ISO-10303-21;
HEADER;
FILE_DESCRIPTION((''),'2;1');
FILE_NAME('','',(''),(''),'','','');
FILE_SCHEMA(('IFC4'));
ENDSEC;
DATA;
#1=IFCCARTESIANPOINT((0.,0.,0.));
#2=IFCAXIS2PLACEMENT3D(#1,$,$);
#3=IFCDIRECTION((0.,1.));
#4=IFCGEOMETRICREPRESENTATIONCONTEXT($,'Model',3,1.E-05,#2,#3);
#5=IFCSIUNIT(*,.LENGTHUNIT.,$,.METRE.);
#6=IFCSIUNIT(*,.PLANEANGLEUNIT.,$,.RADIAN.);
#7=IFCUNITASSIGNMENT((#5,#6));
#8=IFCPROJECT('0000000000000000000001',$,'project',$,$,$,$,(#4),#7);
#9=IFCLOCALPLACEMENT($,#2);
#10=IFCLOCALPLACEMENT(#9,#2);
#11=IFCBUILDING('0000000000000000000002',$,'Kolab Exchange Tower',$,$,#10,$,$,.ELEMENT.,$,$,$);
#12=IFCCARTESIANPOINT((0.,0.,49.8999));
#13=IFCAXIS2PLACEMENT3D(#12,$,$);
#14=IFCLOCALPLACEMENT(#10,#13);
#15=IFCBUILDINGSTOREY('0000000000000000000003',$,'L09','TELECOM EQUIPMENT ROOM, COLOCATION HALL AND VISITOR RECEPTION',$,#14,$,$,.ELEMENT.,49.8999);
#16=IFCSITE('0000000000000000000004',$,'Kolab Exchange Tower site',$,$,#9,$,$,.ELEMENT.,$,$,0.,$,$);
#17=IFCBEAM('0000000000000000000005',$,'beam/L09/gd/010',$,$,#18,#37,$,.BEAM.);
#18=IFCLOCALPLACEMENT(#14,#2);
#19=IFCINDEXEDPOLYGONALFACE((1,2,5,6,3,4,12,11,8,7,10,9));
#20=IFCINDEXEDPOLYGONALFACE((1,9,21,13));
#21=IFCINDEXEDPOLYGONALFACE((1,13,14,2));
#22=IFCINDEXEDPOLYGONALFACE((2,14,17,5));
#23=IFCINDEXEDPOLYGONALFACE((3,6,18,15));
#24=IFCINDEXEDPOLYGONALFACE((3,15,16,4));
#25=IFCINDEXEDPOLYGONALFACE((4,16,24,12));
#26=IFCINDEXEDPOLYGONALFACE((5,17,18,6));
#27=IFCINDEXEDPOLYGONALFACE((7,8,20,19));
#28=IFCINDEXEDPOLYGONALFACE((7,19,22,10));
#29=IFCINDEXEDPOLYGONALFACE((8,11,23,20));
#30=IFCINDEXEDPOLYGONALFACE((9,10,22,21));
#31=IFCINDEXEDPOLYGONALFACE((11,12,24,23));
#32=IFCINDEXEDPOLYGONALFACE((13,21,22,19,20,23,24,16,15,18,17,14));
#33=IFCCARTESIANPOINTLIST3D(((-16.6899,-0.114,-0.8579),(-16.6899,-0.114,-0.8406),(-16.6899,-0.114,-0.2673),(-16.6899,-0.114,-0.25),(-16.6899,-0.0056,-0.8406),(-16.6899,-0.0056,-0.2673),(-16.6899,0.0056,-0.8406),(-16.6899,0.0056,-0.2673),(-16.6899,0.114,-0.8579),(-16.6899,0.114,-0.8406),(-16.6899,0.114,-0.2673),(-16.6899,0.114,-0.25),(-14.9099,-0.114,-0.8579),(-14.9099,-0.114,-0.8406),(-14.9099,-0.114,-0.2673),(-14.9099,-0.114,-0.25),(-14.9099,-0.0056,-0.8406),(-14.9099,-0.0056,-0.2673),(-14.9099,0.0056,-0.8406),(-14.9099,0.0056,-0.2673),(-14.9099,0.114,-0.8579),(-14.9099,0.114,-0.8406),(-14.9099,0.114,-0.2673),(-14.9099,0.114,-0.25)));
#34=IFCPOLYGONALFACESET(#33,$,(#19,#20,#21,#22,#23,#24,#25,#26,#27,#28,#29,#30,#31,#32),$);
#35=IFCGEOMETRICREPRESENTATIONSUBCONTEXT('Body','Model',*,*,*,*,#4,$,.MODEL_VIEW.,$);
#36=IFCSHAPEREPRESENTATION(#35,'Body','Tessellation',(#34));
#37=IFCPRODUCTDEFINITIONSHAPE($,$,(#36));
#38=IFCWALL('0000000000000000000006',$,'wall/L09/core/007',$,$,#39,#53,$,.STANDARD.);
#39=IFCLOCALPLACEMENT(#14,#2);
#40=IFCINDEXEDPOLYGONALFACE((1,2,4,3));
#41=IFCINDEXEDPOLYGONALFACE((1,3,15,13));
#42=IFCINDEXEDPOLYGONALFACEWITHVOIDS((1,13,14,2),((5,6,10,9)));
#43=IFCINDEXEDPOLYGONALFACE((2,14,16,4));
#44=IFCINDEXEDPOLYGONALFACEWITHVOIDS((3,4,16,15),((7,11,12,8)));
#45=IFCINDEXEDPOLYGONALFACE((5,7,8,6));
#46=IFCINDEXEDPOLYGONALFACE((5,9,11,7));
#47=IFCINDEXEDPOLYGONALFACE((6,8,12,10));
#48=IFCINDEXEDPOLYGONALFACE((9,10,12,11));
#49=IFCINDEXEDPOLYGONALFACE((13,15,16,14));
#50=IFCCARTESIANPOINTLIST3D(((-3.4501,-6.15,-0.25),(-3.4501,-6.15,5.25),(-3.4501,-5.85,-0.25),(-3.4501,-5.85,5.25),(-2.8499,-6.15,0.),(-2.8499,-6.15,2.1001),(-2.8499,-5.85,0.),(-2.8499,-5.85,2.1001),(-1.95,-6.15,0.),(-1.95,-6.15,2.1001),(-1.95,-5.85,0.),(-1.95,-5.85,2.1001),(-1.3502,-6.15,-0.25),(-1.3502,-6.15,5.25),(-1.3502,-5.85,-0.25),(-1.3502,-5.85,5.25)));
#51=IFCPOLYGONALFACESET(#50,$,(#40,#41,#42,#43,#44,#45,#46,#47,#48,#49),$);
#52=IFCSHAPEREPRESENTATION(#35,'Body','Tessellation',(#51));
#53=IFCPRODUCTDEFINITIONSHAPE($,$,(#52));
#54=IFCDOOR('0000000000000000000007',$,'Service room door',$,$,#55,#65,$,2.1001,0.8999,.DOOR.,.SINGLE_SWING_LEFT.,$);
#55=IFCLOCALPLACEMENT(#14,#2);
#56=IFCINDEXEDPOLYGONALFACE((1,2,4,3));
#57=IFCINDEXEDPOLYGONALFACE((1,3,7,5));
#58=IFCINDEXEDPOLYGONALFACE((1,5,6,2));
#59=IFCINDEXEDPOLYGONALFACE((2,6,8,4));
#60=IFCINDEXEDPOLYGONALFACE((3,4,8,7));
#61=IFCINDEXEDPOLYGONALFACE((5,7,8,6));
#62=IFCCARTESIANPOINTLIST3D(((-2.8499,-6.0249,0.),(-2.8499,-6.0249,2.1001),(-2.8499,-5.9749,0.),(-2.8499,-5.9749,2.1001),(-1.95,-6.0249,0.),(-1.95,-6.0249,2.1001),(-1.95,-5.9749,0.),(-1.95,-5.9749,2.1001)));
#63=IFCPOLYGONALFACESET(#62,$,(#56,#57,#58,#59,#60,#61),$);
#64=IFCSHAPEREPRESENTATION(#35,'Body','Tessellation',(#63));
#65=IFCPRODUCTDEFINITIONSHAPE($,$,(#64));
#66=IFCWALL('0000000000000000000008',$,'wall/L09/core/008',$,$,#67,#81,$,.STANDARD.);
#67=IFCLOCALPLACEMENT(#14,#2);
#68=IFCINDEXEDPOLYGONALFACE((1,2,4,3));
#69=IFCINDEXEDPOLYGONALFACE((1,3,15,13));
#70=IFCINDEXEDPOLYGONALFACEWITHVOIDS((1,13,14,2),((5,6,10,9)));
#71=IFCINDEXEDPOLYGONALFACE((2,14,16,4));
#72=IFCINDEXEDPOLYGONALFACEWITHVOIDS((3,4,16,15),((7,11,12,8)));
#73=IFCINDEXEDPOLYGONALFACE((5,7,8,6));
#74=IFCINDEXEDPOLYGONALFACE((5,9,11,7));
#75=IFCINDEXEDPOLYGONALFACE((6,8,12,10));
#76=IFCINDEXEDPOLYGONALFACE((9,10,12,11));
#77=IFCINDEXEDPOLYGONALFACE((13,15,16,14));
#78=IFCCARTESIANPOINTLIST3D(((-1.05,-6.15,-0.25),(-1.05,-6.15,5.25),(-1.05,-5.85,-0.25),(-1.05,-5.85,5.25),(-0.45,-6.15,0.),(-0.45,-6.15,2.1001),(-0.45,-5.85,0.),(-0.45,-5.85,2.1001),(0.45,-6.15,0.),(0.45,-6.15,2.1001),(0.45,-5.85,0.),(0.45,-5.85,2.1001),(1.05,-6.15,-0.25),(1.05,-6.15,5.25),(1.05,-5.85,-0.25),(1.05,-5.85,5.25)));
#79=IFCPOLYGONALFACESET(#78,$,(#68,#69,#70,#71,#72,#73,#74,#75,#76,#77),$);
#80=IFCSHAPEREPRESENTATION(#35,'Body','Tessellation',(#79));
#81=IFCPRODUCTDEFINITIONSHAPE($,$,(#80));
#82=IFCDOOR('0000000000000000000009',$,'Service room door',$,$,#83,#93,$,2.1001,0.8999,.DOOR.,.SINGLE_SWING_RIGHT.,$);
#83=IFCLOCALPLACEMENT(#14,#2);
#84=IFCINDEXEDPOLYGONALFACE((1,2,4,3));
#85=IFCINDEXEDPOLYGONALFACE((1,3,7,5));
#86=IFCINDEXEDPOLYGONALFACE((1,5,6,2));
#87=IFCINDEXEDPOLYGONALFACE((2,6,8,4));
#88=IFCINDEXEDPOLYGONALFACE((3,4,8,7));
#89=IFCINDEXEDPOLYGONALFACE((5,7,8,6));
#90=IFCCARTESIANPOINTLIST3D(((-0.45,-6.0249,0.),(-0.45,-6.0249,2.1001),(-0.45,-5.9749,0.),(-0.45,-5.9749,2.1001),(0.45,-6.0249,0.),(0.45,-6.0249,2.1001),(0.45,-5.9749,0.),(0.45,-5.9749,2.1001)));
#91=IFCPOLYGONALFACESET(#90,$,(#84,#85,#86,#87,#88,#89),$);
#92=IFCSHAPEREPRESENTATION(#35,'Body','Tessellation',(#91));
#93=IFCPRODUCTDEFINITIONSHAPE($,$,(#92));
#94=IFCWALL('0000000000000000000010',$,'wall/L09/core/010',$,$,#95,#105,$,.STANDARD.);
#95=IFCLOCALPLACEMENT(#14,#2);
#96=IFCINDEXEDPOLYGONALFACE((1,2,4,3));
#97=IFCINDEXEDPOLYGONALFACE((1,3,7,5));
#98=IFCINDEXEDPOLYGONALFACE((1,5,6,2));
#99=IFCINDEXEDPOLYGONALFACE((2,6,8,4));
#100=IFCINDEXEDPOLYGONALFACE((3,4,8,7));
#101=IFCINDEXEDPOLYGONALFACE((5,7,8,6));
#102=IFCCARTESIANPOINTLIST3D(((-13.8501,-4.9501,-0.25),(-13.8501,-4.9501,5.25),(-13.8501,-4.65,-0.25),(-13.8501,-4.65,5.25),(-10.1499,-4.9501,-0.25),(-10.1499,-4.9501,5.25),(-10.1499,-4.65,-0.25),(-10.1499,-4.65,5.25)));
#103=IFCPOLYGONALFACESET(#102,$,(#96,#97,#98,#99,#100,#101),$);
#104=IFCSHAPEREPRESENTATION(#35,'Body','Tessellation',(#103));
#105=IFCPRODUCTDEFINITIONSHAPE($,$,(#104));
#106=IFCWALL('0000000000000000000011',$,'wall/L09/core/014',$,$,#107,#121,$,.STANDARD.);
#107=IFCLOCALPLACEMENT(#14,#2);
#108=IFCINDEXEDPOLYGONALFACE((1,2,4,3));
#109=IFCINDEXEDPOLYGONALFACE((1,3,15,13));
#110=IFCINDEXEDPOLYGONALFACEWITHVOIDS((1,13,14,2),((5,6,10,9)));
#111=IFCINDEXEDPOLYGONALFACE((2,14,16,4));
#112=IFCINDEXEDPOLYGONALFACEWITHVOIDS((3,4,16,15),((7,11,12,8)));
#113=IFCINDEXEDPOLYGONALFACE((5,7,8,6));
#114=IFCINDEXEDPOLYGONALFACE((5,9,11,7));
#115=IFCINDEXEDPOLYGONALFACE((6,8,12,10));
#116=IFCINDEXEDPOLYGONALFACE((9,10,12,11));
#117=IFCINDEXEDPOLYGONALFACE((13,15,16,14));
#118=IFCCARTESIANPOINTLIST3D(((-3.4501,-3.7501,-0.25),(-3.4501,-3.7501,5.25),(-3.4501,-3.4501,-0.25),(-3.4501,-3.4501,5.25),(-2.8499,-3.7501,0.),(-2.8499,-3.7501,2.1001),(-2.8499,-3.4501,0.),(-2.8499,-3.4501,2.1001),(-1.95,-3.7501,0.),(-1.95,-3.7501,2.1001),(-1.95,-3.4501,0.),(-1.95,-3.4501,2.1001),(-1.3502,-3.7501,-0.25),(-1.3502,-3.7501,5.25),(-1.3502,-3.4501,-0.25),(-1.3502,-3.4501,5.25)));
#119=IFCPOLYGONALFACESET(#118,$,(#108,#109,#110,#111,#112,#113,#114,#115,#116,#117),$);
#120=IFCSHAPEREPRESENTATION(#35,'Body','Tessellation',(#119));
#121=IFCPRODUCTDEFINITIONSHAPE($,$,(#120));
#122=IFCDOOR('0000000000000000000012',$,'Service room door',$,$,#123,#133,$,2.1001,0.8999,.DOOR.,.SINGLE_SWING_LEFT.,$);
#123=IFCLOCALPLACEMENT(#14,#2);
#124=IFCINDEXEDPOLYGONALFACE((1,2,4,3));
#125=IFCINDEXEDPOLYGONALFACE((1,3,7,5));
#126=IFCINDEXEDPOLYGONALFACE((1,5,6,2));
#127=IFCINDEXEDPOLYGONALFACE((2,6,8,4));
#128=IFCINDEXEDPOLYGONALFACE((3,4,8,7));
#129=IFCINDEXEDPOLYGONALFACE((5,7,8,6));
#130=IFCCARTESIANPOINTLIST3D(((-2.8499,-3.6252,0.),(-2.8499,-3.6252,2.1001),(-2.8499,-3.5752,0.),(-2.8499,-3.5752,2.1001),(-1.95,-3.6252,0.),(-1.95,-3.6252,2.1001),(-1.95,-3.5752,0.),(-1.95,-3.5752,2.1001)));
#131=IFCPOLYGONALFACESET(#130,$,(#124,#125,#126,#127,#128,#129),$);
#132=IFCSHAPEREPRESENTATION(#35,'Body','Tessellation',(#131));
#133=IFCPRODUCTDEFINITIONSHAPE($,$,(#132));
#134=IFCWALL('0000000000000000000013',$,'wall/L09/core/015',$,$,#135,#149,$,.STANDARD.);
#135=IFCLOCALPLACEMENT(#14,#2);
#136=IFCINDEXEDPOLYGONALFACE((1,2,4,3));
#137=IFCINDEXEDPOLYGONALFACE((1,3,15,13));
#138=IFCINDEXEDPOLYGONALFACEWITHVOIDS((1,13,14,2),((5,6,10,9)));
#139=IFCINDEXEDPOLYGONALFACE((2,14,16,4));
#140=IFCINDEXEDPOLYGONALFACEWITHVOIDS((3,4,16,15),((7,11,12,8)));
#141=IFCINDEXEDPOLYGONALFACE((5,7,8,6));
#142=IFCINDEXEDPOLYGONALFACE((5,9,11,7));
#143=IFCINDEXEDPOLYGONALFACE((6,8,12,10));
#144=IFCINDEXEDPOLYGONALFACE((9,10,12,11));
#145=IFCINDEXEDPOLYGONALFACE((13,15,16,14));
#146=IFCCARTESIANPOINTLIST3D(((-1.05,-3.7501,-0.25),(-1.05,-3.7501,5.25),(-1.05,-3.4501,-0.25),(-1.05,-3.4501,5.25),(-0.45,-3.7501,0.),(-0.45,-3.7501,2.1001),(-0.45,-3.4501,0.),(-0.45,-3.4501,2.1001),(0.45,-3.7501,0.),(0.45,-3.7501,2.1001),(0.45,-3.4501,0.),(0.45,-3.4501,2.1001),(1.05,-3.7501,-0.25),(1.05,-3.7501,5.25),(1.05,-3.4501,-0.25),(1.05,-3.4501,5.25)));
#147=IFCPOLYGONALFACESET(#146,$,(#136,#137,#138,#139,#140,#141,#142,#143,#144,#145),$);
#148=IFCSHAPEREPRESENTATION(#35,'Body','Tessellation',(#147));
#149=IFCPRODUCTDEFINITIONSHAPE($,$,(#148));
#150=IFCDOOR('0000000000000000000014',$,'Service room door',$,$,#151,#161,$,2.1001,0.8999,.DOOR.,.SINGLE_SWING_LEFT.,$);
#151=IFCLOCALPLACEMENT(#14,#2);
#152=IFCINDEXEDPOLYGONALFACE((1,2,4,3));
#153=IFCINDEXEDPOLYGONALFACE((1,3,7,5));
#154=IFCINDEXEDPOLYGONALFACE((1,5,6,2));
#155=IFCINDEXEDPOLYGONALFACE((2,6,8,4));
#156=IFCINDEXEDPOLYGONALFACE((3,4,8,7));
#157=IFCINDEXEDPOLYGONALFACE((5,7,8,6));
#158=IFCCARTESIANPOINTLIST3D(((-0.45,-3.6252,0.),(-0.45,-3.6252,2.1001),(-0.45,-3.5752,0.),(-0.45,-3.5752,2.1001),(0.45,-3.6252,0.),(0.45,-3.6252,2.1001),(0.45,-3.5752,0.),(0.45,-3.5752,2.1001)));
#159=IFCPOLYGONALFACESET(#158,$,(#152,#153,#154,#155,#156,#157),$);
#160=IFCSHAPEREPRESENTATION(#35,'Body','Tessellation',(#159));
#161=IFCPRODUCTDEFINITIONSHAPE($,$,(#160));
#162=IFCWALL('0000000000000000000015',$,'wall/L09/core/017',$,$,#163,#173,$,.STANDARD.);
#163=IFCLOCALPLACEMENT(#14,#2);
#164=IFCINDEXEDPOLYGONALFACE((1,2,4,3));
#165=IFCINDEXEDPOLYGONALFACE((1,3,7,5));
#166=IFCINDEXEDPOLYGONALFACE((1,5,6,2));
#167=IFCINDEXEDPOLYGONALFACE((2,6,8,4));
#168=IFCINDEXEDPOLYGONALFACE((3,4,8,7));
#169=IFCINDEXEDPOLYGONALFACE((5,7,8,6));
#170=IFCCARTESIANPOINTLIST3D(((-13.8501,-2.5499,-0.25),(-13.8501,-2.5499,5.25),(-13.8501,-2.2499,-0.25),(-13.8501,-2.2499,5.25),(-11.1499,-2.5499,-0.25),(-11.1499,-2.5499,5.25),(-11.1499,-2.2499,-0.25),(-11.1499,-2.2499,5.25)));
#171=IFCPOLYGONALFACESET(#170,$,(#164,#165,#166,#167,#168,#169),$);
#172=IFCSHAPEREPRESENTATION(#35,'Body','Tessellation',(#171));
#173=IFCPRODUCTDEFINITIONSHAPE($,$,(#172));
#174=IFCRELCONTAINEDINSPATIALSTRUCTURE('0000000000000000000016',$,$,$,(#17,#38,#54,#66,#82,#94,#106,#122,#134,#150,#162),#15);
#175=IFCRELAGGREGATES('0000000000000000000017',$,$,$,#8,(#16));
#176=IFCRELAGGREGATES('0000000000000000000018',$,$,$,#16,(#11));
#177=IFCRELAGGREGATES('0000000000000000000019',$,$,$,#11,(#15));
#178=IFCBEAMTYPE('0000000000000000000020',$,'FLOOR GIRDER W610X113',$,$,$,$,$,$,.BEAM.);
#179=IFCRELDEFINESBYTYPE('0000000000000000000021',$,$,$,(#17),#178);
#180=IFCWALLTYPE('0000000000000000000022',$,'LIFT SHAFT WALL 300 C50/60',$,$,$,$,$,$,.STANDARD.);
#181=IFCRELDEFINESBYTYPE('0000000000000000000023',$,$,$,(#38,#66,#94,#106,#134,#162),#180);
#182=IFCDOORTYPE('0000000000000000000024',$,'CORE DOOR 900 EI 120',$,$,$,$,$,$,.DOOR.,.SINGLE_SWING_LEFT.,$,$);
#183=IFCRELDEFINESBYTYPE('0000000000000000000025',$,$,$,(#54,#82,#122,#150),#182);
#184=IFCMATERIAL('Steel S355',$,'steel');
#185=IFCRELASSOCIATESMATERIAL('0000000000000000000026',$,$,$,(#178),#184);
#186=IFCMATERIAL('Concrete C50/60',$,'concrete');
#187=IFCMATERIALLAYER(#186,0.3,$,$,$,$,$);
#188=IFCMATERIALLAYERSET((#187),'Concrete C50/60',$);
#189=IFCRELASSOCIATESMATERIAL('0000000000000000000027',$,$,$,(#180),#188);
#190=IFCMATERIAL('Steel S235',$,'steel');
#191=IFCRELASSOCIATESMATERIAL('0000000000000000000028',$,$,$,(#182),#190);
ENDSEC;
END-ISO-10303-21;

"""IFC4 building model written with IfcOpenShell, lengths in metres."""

from ifc_helpers import new_model, si_unit, direction, frame, frame_2d, origin, origin_2d, place, context, subcontext, project, spatial, rectangle, i_section, extrude, material, layer, layer_set, material_profile, profile_set, type_object, element, fill, save


model = new_model("IFC4")

# Units and contexts
model_context = context("Model", 3, precision=1e-05, world=origin(), true_north=direction((0.0, 1.0)))
body_context = subcontext(model_context, "Body", "Model", "MODEL_VIEW")
ifc_project = project(units=[si_unit("LENGTHUNIT", "METRE"), si_unit("PLANEANGLEUNIT", "RADIAN")], contexts=[model_context])

# Site, building, storey
site_placement = place(None, origin())
site = spatial("IfcSite", under=ifc_project, at=site_placement, Name="Kolab Exchange Tower site", CompositionType="ELEMENT", RefElevation=0.0)
building_placement = place(site_placement, origin())
building = spatial("IfcBuilding", under=site, at=building_placement, Name="Kolab Exchange Tower", CompositionType="ELEMENT")
storey_placement = place(building_placement, frame((0.0, 0.0, 49.8999)))
storey = spatial("IfcBuildingStorey", under=building, at=storey_placement, Name="L09", Description="TELECOM EQUIPMENT ROOM, COLOCATION HALL AND VISITOR RECEPTION", CompositionType="ELEMENT", Elevation=49.8999)

# Beam
ifc_material_1 = material(Name="Steel S355", Category="steel")
ifc_material_profile = material_profile(ifc_material_1, i_section(OverallWidth=0.228, OverallDepth=0.6079, WebThickness=0.0112, FlangeThickness=0.0173, at=origin_2d()), Name="W610X113")
ifc_profile_set = profile_set([ifc_material_profile], Name="Steel S355")
beam_type = type_object("IfcBeamType", Name="FLOOR GIRDER W610X113", PredefinedType="BEAM", material=ifc_profile_set)
beam_placement = place(storey_placement, frame((-16.6899, 0.0, -0.554), z_axis=(1.0, 0.0, 0.0), x_axis=(0.0, 1.0, 0.0)))
element("IfcBeam", 1, at=beam_placement, inside=storey, type_object=beam_type, Name="beam/L09/gd/010", PredefinedType="BEAM", context=body_context, shape_type="SweptSolid", body=[
    extrude(i_section(OverallWidth=0.228, OverallDepth=0.6079, WebThickness=0.0112, FlangeThickness=0.0173, at=origin_2d()), origin(), (0.0, 0.0, 1.0), 1.78),
])

# Walls, openings, doors
ifc_material_2 = material(Name="Concrete C50/60", Category="concrete")
ifc_layer_1 = layer(ifc_material_2, 0.3)
ifc_layer_set_1 = layer_set([ifc_layer_1], Name="Concrete C50/60")
wall_type_1 = type_object("IfcWallType", Name="LIFT SHAFT WALL 300 C50/60", PredefinedType="STANDARD", material=ifc_layer_set_1)
wall_1_placement = place(storey_placement, frame((-3.45, -6.0, -0.25), z_axis=(0.0, 0.0, 1.0), x_axis=(1.0, 0.0, 0.0)))
wall_1 = element("IfcWall", 2, at=wall_1_placement, inside=storey, type_object=wall_type_1, Name="wall/L09/core/007", PredefinedType="STANDARD", context=body_context, shape_type="SweptSolid", body=[
    extrude(rectangle(XDim=2.0999, YDim=0.3, at=frame_2d((1.0498, 0.0))), origin(), (0.0, 0.0, 1.0), 5.5),
])
opening_1_placement = place(wall_1_placement, frame((0.6001, 0.0, 0.25)))
opening_1 = element("IfcOpeningElement", 3, at=opening_1_placement, cuts=wall_1, PredefinedType="OPENING", context=body_context, shape_type="SweptSolid", body=[
    extrude(rectangle(XDim=0.8999, YDim=2.1001, at=frame_2d((0.45, 1.05))), frame((0.0, 0.1602, 0.0), z_axis=(0.0, -1.0, 0.0), x_axis=(1.0, 0.0, 0.0)), (0.0, 0.0, 1.0), 0.3201),
])
ifc_material_3 = material(Name="Steel S235", Category="steel")
door_type_1 = type_object("IfcDoorType", Name="CORE DOOR 900 EI 120", OperationType="SINGLE_SWING_LEFT", PredefinedType="DOOR", material=ifc_material_3)
door_1_placement = place(opening_1_placement, frame((0.8999, 0.0, 0.0), z_axis=(0.0, 0.0, 1.0), x_axis=(-1.0, 0.0, 0.0)))
door_1 = element("IfcDoor", 4, at=door_1_placement, inside=storey, type_object=door_type_1, Name="Service room door", OperationType="SINGLE_SWING_LEFT", OverallHeight=2.1001, OverallWidth=0.8999, PredefinedType="DOOR", context=body_context, shape_type="SweptSolid", body=[
    extrude(rectangle(XDim=0.8999, YDim=2.1001, at=frame_2d((0.45, 1.05))), frame((0.0, 0.0249, 0.0), z_axis=(0.0, -1.0, 0.0), x_axis=(1.0, 0.0, 0.0)), (0.0, 0.0, 1.0), 0.05),
])
fill(opening_1, door_1)
wall_2_placement = place(storey_placement, frame((-1.05, -6.0, -0.25), z_axis=(0.0, 0.0, 1.0), x_axis=(1.0, 0.0, 0.0)))
wall_2 = element("IfcWall", 5, at=wall_2_placement, inside=storey, type_object=wall_type_1, Name="wall/L09/core/008", PredefinedType="STANDARD", context=body_context, shape_type="SweptSolid", body=[
    extrude(rectangle(XDim=2.1001, YDim=0.3, at=frame_2d((1.05, 0.0))), origin(), (0.0, 0.0, 1.0), 5.5),
])
opening_2_placement = place(wall_2_placement, frame((0.6001, 0.0, 0.25)))
opening_2 = element("IfcOpeningElement", 6, at=opening_2_placement, cuts=wall_2, PredefinedType="OPENING", context=body_context, shape_type="SweptSolid", body=[
    extrude(rectangle(XDim=0.8999, YDim=2.1001, at=frame_2d((0.45, 1.05))), frame((0.0, 0.1602, 0.0), z_axis=(0.0, -1.0, 0.0), x_axis=(1.0, 0.0, 0.0)), (0.0, 0.0, 1.0), 0.3201),
])
door_2_placement = place(opening_2_placement, frame((0.8999, 0.0, 0.0), z_axis=(0.0, 0.0, 1.0), x_axis=(-1.0, 0.0, 0.0)))
door_2 = element("IfcDoor", 7, at=door_2_placement, inside=storey, type_object=door_type_1, Name="Service room door", OperationType="SINGLE_SWING_RIGHT", OverallHeight=2.1001, OverallWidth=0.8999, PredefinedType="DOOR", context=body_context, shape_type="SweptSolid", body=[
    extrude(rectangle(XDim=0.8999, YDim=2.1001, at=frame_2d((0.45, 1.05))), frame((0.0, 0.0249, 0.0), z_axis=(0.0, -1.0, 0.0), x_axis=(1.0, 0.0, 0.0)), (0.0, 0.0, 1.0), 0.05),
])
fill(opening_2, door_2)

# Wall
wall_3_placement = place(storey_placement, frame((-13.8501, -4.8, -0.25), z_axis=(0.0, 0.0, 1.0), x_axis=(1.0, 0.0, 0.0)))
element("IfcWall", 8, at=wall_3_placement, inside=storey, type_object=wall_type_1, Name="wall/L09/core/010", PredefinedType="STANDARD", context=body_context, shape_type="SweptSolid", body=[
    extrude(rectangle(XDim=3.7002, YDim=0.3, at=frame_2d((1.8501, 0.0))), origin(), (0.0, 0.0, 1.0), 5.5),
])

# Walls, openings, doors
wall_4_placement = place(storey_placement, frame((-3.45, -3.6001, -0.25), z_axis=(0.0, 0.0, 1.0), x_axis=(1.0, 0.0, 0.0)))
wall_4 = element("IfcWall", 9, at=wall_4_placement, inside=storey, type_object=wall_type_1, Name="wall/L09/core/014", PredefinedType="STANDARD", context=body_context, shape_type="SweptSolid", body=[
    extrude(rectangle(XDim=2.0999, YDim=0.3, at=frame_2d((1.0498, 0.0))), origin(), (0.0, 0.0, 1.0), 5.5),
])
opening_3_placement = place(wall_4_placement, frame((0.6001, 0.0, 0.25)))
opening_3 = element("IfcOpeningElement", 10, at=opening_3_placement, cuts=wall_4, PredefinedType="OPENING", context=body_context, shape_type="SweptSolid", body=[
    extrude(rectangle(XDim=0.8999, YDim=2.1001, at=frame_2d((0.45, 1.05))), frame((0.0, 0.1602, 0.0), z_axis=(0.0, -1.0, 0.0), x_axis=(1.0, 0.0, 0.0)), (0.0, 0.0, 1.0), 0.3201),
])
door_3_placement = place(opening_3_placement, origin())
door_3 = element("IfcDoor", 11, at=door_3_placement, inside=storey, type_object=door_type_1, Name="Service room door", OperationType="SINGLE_SWING_LEFT", OverallHeight=2.1001, OverallWidth=0.8999, PredefinedType="DOOR", context=body_context, shape_type="SweptSolid", body=[
    extrude(rectangle(XDim=0.8999, YDim=2.1001, at=frame_2d((0.45, 1.05))), frame((0.0, 0.0249, 0.0), z_axis=(0.0, -1.0, 0.0), x_axis=(1.0, 0.0, 0.0)), (0.0, 0.0, 1.0), 0.05),
])
fill(opening_3, door_3)
wall_5_placement = place(storey_placement, frame((-1.05, -3.6001, -0.25), z_axis=(0.0, 0.0, 1.0), x_axis=(1.0, 0.0, 0.0)))
wall_5 = element("IfcWall", 12, at=wall_5_placement, inside=storey, type_object=wall_type_1, Name="wall/L09/core/015", PredefinedType="STANDARD", context=body_context, shape_type="SweptSolid", body=[
    extrude(rectangle(XDim=2.1001, YDim=0.3, at=frame_2d((1.05, 0.0))), origin(), (0.0, 0.0, 1.0), 5.5),
])
opening_4_placement = place(wall_5_placement, frame((0.6001, 0.0, 0.25)))
opening_4 = element("IfcOpeningElement", 13, at=opening_4_placement, cuts=wall_5, PredefinedType="OPENING", context=body_context, shape_type="SweptSolid", body=[
    extrude(rectangle(XDim=0.8999, YDim=2.1001, at=frame_2d((0.45, 1.05))), frame((0.0, 0.1602, 0.0), z_axis=(0.0, -1.0, 0.0), x_axis=(1.0, 0.0, 0.0)), (0.0, 0.0, 1.0), 0.3201),
])
door_4_placement = place(opening_4_placement, origin())
door_4 = element("IfcDoor", 14, at=door_4_placement, inside=storey, type_object=door_type_1, Name="Service room door", OperationType="SINGLE_SWING_LEFT", OverallHeight=2.1001, OverallWidth=0.8999, PredefinedType="DOOR", context=body_context, shape_type="SweptSolid", body=[
    extrude(rectangle(XDim=0.8999, YDim=2.1001, at=frame_2d((0.45, 1.05))), frame((0.0, 0.0249, 0.0), z_axis=(0.0, -1.0, 0.0), x_axis=(1.0, 0.0, 0.0)), (0.0, 0.0, 1.0), 0.05),
])
fill(opening_4, door_4)

# Wall
wall_6_placement = place(storey_placement, frame((-13.8501, -2.3999, -0.25), z_axis=(0.0, 0.0, 1.0), x_axis=(1.0, 0.0, 0.0)))
element("IfcWall", 15, at=wall_6_placement, inside=storey, type_object=wall_type_1, Name="wall/L09/core/017", PredefinedType="STANDARD", context=body_context, shape_type="SweptSolid", body=[
    extrude(rectangle(XDim=2.7002, YDim=0.3, at=frame_2d((1.3501, 0.0))), origin(), (0.0, 0.0, 1.0), 5.5),
])

save(model, "model.ifc")
